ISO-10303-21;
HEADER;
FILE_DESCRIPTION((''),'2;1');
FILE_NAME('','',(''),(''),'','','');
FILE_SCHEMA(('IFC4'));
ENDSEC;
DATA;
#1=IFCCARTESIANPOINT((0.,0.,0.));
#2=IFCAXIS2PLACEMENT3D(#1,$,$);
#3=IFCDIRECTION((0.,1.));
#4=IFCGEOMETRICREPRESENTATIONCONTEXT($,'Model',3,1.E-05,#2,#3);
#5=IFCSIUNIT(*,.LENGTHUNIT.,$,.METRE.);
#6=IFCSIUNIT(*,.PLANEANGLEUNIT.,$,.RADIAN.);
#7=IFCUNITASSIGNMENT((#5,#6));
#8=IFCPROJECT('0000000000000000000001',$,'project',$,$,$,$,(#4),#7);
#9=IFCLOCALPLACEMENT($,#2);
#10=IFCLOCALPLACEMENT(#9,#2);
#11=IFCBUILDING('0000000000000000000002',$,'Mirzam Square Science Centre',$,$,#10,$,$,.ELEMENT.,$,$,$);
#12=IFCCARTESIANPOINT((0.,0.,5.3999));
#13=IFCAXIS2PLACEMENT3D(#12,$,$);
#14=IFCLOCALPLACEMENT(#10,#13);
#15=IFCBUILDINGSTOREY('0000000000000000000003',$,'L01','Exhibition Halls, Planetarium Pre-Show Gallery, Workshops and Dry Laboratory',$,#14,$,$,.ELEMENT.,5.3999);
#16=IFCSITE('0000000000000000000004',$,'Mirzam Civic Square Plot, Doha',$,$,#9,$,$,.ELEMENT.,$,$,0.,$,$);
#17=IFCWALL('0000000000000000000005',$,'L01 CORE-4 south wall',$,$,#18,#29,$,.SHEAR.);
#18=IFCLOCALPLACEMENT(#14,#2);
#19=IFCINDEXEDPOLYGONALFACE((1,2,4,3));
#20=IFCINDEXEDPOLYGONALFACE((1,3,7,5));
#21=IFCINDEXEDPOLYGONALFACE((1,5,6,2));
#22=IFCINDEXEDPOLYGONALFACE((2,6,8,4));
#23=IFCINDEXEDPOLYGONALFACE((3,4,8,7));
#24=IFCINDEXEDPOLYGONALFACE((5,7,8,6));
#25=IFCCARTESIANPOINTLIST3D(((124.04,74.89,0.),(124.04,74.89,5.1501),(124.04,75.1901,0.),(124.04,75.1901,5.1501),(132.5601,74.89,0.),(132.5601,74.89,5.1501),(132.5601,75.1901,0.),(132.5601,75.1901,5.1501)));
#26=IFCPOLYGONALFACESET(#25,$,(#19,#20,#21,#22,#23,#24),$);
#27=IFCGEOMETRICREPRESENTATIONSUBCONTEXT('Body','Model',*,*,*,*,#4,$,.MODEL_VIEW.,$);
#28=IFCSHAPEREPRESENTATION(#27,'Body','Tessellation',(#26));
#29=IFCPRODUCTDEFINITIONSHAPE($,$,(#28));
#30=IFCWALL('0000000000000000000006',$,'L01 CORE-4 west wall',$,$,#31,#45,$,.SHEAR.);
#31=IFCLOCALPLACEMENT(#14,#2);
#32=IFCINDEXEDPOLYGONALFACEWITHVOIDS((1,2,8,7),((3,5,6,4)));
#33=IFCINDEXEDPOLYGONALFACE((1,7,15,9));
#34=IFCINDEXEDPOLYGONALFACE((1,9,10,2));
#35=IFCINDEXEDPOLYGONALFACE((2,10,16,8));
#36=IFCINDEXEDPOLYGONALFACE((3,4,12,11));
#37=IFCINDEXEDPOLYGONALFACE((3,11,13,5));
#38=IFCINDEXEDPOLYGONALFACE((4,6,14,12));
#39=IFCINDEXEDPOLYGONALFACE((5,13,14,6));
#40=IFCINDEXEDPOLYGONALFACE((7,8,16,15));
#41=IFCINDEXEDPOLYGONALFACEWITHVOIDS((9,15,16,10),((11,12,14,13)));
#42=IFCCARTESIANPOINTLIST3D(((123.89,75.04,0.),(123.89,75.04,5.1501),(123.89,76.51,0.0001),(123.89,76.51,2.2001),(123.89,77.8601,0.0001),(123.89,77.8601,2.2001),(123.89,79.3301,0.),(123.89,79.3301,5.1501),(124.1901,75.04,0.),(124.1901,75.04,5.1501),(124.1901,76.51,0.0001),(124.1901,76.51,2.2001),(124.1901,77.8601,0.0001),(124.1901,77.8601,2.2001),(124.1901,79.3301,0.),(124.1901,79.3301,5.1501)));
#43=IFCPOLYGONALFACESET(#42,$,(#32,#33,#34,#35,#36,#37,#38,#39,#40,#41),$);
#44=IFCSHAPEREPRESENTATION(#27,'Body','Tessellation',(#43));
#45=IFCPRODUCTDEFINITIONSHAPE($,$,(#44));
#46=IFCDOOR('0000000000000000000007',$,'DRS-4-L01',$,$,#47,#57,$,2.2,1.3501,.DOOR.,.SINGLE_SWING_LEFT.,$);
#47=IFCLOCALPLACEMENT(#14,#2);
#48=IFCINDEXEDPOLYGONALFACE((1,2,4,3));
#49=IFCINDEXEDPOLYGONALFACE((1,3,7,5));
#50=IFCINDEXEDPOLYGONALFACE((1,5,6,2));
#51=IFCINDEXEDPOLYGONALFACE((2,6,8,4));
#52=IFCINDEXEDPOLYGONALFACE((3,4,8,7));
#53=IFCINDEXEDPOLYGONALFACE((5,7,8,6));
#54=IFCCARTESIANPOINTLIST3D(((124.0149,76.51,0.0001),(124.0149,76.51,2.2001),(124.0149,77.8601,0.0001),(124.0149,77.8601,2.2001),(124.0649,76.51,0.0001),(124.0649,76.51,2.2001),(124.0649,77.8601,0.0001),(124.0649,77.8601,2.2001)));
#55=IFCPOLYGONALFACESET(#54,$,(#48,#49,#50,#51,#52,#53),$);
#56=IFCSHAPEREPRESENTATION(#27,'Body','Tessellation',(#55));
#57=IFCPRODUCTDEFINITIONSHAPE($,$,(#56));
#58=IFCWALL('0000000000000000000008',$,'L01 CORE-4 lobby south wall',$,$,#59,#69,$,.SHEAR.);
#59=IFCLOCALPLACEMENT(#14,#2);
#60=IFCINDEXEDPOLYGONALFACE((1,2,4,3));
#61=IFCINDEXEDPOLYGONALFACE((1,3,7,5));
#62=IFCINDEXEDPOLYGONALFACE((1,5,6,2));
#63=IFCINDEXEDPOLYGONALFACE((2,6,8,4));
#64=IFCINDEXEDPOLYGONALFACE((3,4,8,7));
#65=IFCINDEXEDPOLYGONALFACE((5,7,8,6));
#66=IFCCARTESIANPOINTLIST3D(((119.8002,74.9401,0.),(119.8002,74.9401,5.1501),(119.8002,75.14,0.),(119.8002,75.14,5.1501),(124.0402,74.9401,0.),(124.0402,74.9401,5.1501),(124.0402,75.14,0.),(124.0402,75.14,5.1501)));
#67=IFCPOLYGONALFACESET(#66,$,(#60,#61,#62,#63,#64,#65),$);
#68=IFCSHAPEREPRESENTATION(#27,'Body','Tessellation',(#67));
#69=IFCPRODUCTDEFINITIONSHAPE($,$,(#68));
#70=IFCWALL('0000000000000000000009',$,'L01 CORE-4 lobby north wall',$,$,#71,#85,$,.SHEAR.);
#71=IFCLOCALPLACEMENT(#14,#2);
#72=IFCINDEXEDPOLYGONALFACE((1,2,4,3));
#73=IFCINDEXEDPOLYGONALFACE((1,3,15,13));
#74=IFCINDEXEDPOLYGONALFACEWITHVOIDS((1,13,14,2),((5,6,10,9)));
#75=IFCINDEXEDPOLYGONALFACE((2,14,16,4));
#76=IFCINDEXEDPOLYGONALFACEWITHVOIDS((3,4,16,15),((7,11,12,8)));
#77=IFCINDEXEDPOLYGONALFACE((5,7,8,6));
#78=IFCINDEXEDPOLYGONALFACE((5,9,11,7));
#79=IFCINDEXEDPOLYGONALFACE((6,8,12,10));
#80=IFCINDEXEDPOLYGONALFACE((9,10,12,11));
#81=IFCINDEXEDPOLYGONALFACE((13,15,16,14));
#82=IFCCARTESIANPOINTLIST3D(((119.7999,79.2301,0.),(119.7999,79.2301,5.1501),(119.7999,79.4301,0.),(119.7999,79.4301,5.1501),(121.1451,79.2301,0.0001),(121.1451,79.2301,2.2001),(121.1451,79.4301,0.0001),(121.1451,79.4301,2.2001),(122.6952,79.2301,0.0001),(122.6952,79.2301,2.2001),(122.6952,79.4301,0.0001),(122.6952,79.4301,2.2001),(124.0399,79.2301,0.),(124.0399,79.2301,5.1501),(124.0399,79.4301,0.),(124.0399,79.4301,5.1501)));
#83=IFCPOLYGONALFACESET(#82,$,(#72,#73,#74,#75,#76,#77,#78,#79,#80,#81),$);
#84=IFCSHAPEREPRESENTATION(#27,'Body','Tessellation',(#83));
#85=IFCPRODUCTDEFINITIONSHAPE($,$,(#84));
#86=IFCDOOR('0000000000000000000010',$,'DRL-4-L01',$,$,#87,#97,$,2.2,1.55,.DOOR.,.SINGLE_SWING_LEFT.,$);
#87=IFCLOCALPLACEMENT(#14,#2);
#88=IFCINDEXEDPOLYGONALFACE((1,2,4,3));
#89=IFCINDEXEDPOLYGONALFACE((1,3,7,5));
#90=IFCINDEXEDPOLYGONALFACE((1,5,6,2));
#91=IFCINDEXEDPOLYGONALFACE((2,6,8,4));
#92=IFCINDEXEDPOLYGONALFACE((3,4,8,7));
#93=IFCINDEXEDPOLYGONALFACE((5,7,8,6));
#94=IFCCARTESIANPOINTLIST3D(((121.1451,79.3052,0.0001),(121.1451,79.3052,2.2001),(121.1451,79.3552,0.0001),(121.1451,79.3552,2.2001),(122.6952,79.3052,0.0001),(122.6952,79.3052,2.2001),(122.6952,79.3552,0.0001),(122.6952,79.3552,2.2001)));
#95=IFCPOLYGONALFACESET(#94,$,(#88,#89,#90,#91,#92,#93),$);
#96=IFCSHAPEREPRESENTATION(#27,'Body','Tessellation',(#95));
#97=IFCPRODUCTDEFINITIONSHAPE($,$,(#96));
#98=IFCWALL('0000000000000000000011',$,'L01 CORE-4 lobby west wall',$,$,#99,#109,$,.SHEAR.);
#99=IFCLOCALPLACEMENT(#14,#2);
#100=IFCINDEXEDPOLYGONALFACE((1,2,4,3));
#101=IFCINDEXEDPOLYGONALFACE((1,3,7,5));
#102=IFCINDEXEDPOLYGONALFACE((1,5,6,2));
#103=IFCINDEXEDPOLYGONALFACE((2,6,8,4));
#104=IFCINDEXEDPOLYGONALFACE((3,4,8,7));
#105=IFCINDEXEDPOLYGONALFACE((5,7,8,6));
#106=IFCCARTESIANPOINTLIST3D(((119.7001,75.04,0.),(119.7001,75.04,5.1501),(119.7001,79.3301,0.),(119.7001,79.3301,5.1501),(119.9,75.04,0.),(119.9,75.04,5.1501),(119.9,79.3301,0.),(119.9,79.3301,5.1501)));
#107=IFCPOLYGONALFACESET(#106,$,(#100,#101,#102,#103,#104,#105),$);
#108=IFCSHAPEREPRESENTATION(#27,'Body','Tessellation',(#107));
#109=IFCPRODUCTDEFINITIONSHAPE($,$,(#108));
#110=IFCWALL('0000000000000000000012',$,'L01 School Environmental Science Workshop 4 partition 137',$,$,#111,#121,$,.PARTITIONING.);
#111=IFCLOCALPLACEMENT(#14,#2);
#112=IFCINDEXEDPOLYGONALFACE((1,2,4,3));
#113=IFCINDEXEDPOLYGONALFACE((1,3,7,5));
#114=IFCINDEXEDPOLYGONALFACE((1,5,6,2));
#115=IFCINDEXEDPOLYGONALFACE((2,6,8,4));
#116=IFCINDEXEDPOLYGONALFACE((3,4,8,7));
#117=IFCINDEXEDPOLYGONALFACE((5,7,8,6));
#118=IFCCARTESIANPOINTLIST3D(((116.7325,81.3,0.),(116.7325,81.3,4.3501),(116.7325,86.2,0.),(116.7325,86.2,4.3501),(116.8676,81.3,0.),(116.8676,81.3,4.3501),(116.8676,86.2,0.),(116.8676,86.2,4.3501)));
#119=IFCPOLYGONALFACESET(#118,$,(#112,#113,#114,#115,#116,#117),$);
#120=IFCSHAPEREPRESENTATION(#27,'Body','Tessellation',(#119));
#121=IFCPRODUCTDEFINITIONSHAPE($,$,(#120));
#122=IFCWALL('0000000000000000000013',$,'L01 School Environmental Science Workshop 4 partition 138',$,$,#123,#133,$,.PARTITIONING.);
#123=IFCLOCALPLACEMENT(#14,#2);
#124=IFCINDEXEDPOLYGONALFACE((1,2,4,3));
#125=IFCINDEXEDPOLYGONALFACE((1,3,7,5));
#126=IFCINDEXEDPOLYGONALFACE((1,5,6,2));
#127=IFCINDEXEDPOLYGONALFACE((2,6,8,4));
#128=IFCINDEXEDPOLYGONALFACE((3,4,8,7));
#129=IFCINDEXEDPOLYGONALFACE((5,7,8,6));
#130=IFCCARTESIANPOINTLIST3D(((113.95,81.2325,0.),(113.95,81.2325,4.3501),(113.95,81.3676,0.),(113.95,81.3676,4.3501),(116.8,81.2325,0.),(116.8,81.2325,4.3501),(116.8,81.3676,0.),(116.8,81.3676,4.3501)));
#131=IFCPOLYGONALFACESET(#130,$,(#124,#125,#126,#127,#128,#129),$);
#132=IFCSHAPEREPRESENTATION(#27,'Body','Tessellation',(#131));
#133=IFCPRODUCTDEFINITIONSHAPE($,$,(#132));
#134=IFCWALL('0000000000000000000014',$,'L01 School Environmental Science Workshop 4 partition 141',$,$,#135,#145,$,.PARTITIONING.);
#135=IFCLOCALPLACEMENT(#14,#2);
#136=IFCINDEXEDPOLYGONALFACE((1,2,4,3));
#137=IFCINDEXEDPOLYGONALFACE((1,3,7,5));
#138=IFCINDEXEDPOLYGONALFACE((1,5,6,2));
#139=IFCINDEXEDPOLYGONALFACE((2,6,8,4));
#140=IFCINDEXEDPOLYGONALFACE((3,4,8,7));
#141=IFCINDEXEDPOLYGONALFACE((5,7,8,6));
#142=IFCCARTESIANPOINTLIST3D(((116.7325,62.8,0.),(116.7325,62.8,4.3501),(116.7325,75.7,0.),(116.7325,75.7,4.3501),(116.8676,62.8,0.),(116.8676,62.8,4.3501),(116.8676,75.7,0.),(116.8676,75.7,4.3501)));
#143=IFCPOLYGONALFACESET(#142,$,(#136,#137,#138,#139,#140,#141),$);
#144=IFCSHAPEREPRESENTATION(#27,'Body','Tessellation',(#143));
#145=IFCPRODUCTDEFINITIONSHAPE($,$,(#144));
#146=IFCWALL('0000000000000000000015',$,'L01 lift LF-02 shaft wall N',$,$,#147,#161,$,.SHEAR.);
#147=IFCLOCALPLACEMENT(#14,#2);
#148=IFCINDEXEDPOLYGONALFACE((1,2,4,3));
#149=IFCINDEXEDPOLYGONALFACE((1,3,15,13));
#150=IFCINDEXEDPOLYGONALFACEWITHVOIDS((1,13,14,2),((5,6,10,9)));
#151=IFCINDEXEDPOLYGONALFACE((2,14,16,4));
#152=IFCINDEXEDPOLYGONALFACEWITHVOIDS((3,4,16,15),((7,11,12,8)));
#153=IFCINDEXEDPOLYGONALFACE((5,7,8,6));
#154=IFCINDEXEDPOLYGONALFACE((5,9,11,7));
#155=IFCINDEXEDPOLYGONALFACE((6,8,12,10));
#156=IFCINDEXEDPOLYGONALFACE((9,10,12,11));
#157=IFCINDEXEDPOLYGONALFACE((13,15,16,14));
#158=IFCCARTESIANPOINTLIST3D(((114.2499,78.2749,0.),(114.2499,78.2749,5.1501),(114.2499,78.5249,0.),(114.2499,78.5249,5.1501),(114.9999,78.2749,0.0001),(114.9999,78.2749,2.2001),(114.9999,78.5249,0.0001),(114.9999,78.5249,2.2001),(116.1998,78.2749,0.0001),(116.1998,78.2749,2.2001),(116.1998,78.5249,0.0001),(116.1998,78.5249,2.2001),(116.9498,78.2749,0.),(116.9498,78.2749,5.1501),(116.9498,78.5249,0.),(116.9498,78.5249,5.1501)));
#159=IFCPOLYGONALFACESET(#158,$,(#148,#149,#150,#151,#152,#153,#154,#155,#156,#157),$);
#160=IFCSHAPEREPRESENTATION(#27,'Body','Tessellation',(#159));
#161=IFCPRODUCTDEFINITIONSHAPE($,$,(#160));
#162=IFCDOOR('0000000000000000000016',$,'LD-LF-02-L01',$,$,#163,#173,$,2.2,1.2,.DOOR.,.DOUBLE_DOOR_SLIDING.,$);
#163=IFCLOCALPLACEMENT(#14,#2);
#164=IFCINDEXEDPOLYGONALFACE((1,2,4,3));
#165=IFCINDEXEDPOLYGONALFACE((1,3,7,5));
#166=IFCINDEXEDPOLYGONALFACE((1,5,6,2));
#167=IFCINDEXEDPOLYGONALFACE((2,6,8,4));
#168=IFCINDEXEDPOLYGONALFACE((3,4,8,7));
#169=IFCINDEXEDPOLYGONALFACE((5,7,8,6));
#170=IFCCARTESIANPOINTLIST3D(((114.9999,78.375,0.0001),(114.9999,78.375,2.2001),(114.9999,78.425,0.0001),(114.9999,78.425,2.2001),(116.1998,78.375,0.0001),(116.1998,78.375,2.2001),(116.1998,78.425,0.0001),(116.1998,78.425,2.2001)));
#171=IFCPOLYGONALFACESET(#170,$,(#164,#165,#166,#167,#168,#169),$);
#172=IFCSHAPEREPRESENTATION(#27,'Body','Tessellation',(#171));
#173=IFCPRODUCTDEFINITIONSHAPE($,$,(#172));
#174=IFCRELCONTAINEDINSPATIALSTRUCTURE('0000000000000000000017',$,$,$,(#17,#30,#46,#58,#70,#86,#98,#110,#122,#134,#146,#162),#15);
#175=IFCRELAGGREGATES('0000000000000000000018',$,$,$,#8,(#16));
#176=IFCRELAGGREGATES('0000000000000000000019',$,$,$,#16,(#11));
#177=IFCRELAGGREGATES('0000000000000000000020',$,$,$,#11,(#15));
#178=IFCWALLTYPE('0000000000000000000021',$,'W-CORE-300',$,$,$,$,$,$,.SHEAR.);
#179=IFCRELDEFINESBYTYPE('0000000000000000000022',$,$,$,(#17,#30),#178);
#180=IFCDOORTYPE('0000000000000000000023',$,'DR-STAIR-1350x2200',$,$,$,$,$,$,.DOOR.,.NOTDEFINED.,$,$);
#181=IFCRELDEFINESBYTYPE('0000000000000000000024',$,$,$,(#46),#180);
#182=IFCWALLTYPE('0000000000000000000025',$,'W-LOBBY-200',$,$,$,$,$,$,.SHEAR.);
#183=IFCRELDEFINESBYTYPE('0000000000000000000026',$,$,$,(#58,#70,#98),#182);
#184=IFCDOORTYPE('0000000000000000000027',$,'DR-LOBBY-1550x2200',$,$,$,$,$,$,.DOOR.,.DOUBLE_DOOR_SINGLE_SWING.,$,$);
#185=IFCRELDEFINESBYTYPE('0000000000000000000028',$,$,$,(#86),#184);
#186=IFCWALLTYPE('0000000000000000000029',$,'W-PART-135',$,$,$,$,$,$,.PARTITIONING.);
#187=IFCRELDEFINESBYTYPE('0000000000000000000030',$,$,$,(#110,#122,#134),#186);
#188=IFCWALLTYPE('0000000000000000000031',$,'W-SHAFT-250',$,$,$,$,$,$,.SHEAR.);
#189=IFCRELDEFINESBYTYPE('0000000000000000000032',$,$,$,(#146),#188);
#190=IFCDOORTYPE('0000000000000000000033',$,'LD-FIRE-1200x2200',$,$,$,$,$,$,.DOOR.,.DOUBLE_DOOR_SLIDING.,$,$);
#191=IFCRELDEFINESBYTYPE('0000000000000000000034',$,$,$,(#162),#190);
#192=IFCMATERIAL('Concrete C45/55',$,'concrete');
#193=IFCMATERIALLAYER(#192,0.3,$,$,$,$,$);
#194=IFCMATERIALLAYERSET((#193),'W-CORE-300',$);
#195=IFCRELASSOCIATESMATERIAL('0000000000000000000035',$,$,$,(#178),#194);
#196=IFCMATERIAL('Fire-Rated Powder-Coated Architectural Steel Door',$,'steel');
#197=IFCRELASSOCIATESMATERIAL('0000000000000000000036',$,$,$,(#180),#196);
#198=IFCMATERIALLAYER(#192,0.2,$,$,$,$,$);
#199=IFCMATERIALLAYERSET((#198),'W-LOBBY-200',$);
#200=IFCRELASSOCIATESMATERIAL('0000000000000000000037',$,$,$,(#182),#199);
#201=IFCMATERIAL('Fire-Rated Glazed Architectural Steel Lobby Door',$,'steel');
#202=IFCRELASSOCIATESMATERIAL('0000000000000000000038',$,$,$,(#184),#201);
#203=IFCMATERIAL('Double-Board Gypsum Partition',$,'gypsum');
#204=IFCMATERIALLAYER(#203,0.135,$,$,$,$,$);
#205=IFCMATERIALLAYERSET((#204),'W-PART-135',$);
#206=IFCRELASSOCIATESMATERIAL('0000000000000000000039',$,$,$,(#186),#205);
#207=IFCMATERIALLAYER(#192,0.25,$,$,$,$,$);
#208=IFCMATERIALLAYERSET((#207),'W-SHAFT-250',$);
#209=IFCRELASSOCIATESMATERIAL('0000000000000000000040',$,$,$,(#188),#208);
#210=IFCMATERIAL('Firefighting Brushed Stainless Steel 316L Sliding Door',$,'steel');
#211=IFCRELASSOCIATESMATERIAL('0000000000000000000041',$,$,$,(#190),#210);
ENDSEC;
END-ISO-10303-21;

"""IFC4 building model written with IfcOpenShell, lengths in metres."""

from ifc_helpers import new_model, si_unit, direction, frame, frame_2d, origin, place, context, subcontext, project, spatial, rectangle, extrude, material, layer, layer_set, type_object, element, fill, save


model = new_model("IFC4")

# Units and contexts
model_context = context("Model", 3, precision=1e-05, world=origin(), true_north=direction((0.0, 1.0)))
body_context = subcontext(model_context, "Body", "Model", "MODEL_VIEW")
ifc_project = project(units=[si_unit("LENGTHUNIT", "METRE"), si_unit("PLANEANGLEUNIT", "RADIAN")], contexts=[model_context])

# Site, building, storey
site_placement = place(None, origin())
site = spatial("IfcSite", under=ifc_project, at=site_placement, Name="Mirzam Civic Square Plot, Doha", CompositionType="ELEMENT", RefElevation=0.0)
building_placement = place(site_placement, origin())
building = spatial("IfcBuilding", under=site, at=building_placement, Name="Mirzam Square Science Centre", CompositionType="ELEMENT")
storey_placement = place(building_placement, frame((0.0, 0.0, 5.3999)))
storey = spatial("IfcBuildingStorey", under=building, at=storey_placement, Name="L01", Description="Exhibition Halls, Planetarium Pre-Show Gallery, Workshops and Dry Laboratory", CompositionType="ELEMENT", Elevation=5.3999)

# Wall
ifc_material_1 = material(Name="Concrete C45/55", Category="concrete")
ifc_layer_1 = layer(ifc_material_1, 0.3)
ifc_layer_set_1 = layer_set([ifc_layer_1], Name="W-CORE-300")
wall_type_1 = type_object("IfcWallType", Name="W-CORE-300", PredefinedType="SHEAR", material=ifc_layer_set_1)
wall_1_placement = place(storey_placement, frame((124.04, 75.04, 0.0), z_axis=(0.0, 0.0, 1.0), x_axis=(1.0, 0.0, 0.0)))
element("IfcWall", 1, at=wall_1_placement, inside=storey, type_object=wall_type_1, Name="L01 CORE-4 south wall", PredefinedType="SHEAR", context=body_context, shape_type="SweptSolid", body=[
    extrude(rectangle(XDim=8.52, YDim=0.3, at=frame_2d((4.26, 0.0))), origin(), (0.0, 0.0, 1.0), 5.1501),
])

# Wall, opening, door
wall_2_placement = place(storey_placement, frame((124.04, 79.3301, 0.0), z_axis=(0.0, 0.0, 1.0), x_axis=(0.0, -1.0, 0.0)))
wall_2 = element("IfcWall", 2, at=wall_2_placement, inside=storey, type_object=wall_type_1, Name="L01 CORE-4 west wall", PredefinedType="SHEAR", context=body_context, shape_type="SweptSolid", body=[
    extrude(rectangle(XDim=4.29, YDim=0.3, at=frame_2d((2.145, 0.0))), origin(), (0.0, 0.0, 1.0), 5.1501),
])
opening_1_placement = place(wall_2_placement, frame((1.47, 0.0, 0.0)))
opening_1 = element("IfcOpeningElement", 3, at=opening_1_placement, cuts=wall_2, PredefinedType="OPENING", context=body_context, shape_type="SweptSolid", body=[
    extrude(rectangle(XDim=1.3501, YDim=2.2, at=frame_2d((0.675, 1.1001))), frame((0.0, 0.1599, 0.0), z_axis=(0.0, -1.0, 0.0), x_axis=(1.0, 0.0, 0.0)), (0.0, 0.0, 1.0), 0.3201),
])
ifc_material_2 = material(Name="Fire-Rated Powder-Coated Architectural Steel Door", Category="steel")
door_type_1 = type_object("IfcDoorType", Name="DR-STAIR-1350x2200", OperationType="NOTDEFINED", PredefinedType="DOOR", material=ifc_material_2)
door_1_placement = place(opening_1_placement, origin())
door_1 = element("IfcDoor", 4, at=door_1_placement, inside=storey, type_object=door_type_1, Name="DRS-4-L01", OperationType="SINGLE_SWING_LEFT", OverallHeight=2.2, OverallWidth=1.3501, PredefinedType="DOOR", context=body_context, shape_type="SweptSolid", body=[
    extrude(rectangle(XDim=1.3501, YDim=2.2, at=frame_2d((0.675, 1.1001))), frame((0.0, 0.0249, 0.0), z_axis=(0.0, -1.0, 0.0), x_axis=(1.0, 0.0, 0.0)), (0.0, 0.0, 1.0), 0.05),
])
fill(opening_1, door_1)

# Wall
ifc_layer_2 = layer(ifc_material_1, 0.2)
ifc_layer_set_2 = layer_set([ifc_layer_2], Name="W-LOBBY-200")
wall_type_2 = type_object("IfcWallType", Name="W-LOBBY-200", PredefinedType="SHEAR", material=ifc_layer_set_2)
wall_3_placement = place(storey_placement, frame((119.8, 75.04, 0.0), z_axis=(0.0, 0.0, 1.0), x_axis=(1.0, 0.0, 0.0)))
element("IfcWall", 5, at=wall_3_placement, inside=storey, type_object=wall_type_2, Name="L01 CORE-4 lobby south wall", PredefinedType="SHEAR", context=body_context, shape_type="SweptSolid", body=[
    extrude(rectangle(XDim=4.24, YDim=0.2, at=frame_2d((2.1201, 0.0))), origin(), (0.0, 0.0, 1.0), 5.1501),
])

# Wall, opening, door
wall_4_placement = place(storey_placement, frame((124.04, 79.3301, 0.0), z_axis=(0.0, 0.0, 1.0), x_axis=(-1.0, 0.0, 0.0)))
wall_4 = element("IfcWall", 6, at=wall_4_placement, inside=storey, type_object=wall_type_2, Name="L01 CORE-4 lobby north wall", PredefinedType="SHEAR", context=body_context, shape_type="SweptSolid", body=[
    extrude(rectangle(XDim=4.24, YDim=0.2, at=frame_2d((2.1201, 0.0))), origin(), (0.0, 0.0, 1.0), 5.1501),
])
opening_2_placement = place(wall_4_placement, frame((1.345, 0.0, 0.0)))
opening_2 = element("IfcOpeningElement", 7, at=opening_2_placement, cuts=wall_4, PredefinedType="OPENING", context=body_context, shape_type="SweptSolid", body=[
    extrude(rectangle(XDim=1.55, YDim=2.2, at=frame_2d((0.7749, 1.1001))), frame((0.0, 0.1099, 0.0), z_axis=(0.0, -1.0, 0.0), x_axis=(1.0, 0.0, 0.0)), (0.0, 0.0, 1.0), 0.22),
])
ifc_material_3 = material(Name="Fire-Rated Glazed Architectural Steel Lobby Door", Category="steel")
door_type_2 = type_object("IfcDoorType", Name="DR-LOBBY-1550x2200", OperationType="DOUBLE_DOOR_SINGLE_SWING", PredefinedType="DOOR", material=ifc_material_3)
door_2_placement = place(opening_2_placement, origin())
door_2 = element("IfcDoor", 8, at=door_2_placement, inside=storey, type_object=door_type_2, Name="DRL-4-L01", OperationType="SINGLE_SWING_LEFT", OverallHeight=2.2, OverallWidth=1.55, PredefinedType="DOOR", context=body_context, shape_type="SweptSolid", body=[
    extrude(rectangle(XDim=1.55, YDim=2.2, at=frame_2d((0.7749, 1.1001))), frame((0.0, 0.0249, 0.0), z_axis=(0.0, -1.0, 0.0), x_axis=(1.0, 0.0, 0.0)), (0.0, 0.0, 1.0), 0.05),
])
fill(opening_2, door_2)

# Walls
wall_5_placement = place(storey_placement, frame((119.8, 79.3301, 0.0), z_axis=(0.0, 0.0, 1.0), x_axis=(0.0, -1.0, 0.0)))
element("IfcWall", 9, at=wall_5_placement, inside=storey, type_object=wall_type_2, Name="L01 CORE-4 lobby west wall", PredefinedType="SHEAR", context=body_context, shape_type="SweptSolid", body=[
    extrude(rectangle(XDim=4.29, YDim=0.2, at=frame_2d((2.145, 0.0))), origin(), (0.0, 0.0, 1.0), 5.1501),
])
ifc_material_4 = material(Name="Double-Board Gypsum Partition", Category="gypsum")
ifc_layer_3 = layer(ifc_material_4, 0.135)
ifc_layer_set_3 = layer_set([ifc_layer_3], Name="W-PART-135")
wall_type_3 = type_object("IfcWallType", Name="W-PART-135", PredefinedType="PARTITIONING", material=ifc_layer_set_3)
wall_6_placement = place(storey_placement, frame((116.8, 86.2, 0.0), z_axis=(0.0, 0.0, 1.0), x_axis=(0.0, -1.0, 0.0)))
element("IfcWall", 10, at=wall_6_placement, inside=storey, type_object=wall_type_3, Name="L01 School Environmental Science Workshop 4 partition 137", PredefinedType="PARTITIONING", context=body_context, shape_type="SweptSolid", body=[
    extrude(rectangle(XDim=4.8999, YDim=0.135, at=frame_2d((2.45, 0.0))), origin(), (0.0, 0.0, 1.0), 4.3501),
])
wall_7_placement = place(storey_placement, frame((116.8, 81.3, 0.0), z_axis=(0.0, 0.0, 1.0), x_axis=(-1.0, 0.0, 0.0)))
element("IfcWall", 11, at=wall_7_placement, inside=storey, type_object=wall_type_3, Name="L01 School Environmental Science Workshop 4 partition 138", PredefinedType="PARTITIONING", context=body_context, shape_type="SweptSolid", body=[
    extrude(rectangle(XDim=2.8501, YDim=0.135, at=frame_2d((1.425, 0.0))), origin(), (0.0, 0.0, 1.0), 4.3501),
])
wall_8_placement = place(storey_placement, frame((116.8, 75.7, 0.0), z_axis=(0.0, 0.0, 1.0), x_axis=(0.0, -1.0, 0.0)))
element("IfcWall", 12, at=wall_8_placement, inside=storey, type_object=wall_type_3, Name="L01 School Environmental Science Workshop 4 partition 141", PredefinedType="PARTITIONING", context=body_context, shape_type="SweptSolid", body=[
    extrude(rectangle(XDim=12.8999, YDim=0.135, at=frame_2d((6.45, 0.0))), origin(), (0.0, 0.0, 1.0), 4.3501),
])

# Wall, opening, door
ifc_layer_4 = layer(ifc_material_1, 0.25)
ifc_layer_set_4 = layer_set([ifc_layer_4], Name="W-SHAFT-250")
wall_type_4 = type_object("IfcWallType", Name="W-SHAFT-250", PredefinedType="SHEAR", material=ifc_layer_set_4)
wall_9_placement = place(storey_placement, frame((116.95, 78.3999, 0.0), z_axis=(0.0, 0.0, 1.0), x_axis=(-1.0, 0.0, 0.0)))
wall_9 = element("IfcWall", 13, at=wall_9_placement, inside=storey, type_object=wall_type_4, Name="L01 lift LF-02 shaft wall N", PredefinedType="SHEAR", context=body_context, shape_type="SweptSolid", body=[
    extrude(rectangle(XDim=2.7, YDim=0.25, at=frame_2d((1.3501, 0.0))), origin(), (0.0, 0.0, 1.0), 5.1501),
])
opening_3_placement = place(wall_9_placement, frame((0.75, 0.0, 0.0)))
opening_3 = element("IfcOpeningElement", 14, at=opening_3_placement, cuts=wall_9, PredefinedType="OPENING", context=body_context, shape_type="SweptSolid", body=[
    extrude(rectangle(XDim=1.2, YDim=2.2, at=frame_2d((0.6001, 1.1001))), frame((0.0, 0.135, 0.0), z_axis=(0.0, -1.0, 0.0), x_axis=(1.0, 0.0, 0.0)), (0.0, 0.0, 1.0), 0.27),
])
ifc_material_5 = material(Name="Firefighting Brushed Stainless Steel 316L Sliding Door", Category="steel")
door_type_3 = type_object("IfcDoorType", Name="LD-FIRE-1200x2200", OperationType="DOUBLE_DOOR_SLIDING", PredefinedType="DOOR", material=ifc_material_5)
door_3_placement = place(opening_3_placement, origin())
door_3 = element("IfcDoor", 15, at=door_3_placement, inside=storey, type_object=door_type_3, Name="LD-LF-02-L01", OperationType="DOUBLE_DOOR_SLIDING", OverallHeight=2.2, OverallWidth=1.2, PredefinedType="DOOR", context=body_context, shape_type="SweptSolid", body=[
    extrude(rectangle(XDim=1.2, YDim=2.2, at=frame_2d((0.6001, 1.1001))), frame((0.0, 0.0249, 0.0), z_axis=(0.0, -1.0, 0.0), x_axis=(1.0, 0.0, 0.0)), (0.0, 0.0, 1.0), 0.05),
])
fill(opening_3, door_3)

save(model, "model.ifc")
